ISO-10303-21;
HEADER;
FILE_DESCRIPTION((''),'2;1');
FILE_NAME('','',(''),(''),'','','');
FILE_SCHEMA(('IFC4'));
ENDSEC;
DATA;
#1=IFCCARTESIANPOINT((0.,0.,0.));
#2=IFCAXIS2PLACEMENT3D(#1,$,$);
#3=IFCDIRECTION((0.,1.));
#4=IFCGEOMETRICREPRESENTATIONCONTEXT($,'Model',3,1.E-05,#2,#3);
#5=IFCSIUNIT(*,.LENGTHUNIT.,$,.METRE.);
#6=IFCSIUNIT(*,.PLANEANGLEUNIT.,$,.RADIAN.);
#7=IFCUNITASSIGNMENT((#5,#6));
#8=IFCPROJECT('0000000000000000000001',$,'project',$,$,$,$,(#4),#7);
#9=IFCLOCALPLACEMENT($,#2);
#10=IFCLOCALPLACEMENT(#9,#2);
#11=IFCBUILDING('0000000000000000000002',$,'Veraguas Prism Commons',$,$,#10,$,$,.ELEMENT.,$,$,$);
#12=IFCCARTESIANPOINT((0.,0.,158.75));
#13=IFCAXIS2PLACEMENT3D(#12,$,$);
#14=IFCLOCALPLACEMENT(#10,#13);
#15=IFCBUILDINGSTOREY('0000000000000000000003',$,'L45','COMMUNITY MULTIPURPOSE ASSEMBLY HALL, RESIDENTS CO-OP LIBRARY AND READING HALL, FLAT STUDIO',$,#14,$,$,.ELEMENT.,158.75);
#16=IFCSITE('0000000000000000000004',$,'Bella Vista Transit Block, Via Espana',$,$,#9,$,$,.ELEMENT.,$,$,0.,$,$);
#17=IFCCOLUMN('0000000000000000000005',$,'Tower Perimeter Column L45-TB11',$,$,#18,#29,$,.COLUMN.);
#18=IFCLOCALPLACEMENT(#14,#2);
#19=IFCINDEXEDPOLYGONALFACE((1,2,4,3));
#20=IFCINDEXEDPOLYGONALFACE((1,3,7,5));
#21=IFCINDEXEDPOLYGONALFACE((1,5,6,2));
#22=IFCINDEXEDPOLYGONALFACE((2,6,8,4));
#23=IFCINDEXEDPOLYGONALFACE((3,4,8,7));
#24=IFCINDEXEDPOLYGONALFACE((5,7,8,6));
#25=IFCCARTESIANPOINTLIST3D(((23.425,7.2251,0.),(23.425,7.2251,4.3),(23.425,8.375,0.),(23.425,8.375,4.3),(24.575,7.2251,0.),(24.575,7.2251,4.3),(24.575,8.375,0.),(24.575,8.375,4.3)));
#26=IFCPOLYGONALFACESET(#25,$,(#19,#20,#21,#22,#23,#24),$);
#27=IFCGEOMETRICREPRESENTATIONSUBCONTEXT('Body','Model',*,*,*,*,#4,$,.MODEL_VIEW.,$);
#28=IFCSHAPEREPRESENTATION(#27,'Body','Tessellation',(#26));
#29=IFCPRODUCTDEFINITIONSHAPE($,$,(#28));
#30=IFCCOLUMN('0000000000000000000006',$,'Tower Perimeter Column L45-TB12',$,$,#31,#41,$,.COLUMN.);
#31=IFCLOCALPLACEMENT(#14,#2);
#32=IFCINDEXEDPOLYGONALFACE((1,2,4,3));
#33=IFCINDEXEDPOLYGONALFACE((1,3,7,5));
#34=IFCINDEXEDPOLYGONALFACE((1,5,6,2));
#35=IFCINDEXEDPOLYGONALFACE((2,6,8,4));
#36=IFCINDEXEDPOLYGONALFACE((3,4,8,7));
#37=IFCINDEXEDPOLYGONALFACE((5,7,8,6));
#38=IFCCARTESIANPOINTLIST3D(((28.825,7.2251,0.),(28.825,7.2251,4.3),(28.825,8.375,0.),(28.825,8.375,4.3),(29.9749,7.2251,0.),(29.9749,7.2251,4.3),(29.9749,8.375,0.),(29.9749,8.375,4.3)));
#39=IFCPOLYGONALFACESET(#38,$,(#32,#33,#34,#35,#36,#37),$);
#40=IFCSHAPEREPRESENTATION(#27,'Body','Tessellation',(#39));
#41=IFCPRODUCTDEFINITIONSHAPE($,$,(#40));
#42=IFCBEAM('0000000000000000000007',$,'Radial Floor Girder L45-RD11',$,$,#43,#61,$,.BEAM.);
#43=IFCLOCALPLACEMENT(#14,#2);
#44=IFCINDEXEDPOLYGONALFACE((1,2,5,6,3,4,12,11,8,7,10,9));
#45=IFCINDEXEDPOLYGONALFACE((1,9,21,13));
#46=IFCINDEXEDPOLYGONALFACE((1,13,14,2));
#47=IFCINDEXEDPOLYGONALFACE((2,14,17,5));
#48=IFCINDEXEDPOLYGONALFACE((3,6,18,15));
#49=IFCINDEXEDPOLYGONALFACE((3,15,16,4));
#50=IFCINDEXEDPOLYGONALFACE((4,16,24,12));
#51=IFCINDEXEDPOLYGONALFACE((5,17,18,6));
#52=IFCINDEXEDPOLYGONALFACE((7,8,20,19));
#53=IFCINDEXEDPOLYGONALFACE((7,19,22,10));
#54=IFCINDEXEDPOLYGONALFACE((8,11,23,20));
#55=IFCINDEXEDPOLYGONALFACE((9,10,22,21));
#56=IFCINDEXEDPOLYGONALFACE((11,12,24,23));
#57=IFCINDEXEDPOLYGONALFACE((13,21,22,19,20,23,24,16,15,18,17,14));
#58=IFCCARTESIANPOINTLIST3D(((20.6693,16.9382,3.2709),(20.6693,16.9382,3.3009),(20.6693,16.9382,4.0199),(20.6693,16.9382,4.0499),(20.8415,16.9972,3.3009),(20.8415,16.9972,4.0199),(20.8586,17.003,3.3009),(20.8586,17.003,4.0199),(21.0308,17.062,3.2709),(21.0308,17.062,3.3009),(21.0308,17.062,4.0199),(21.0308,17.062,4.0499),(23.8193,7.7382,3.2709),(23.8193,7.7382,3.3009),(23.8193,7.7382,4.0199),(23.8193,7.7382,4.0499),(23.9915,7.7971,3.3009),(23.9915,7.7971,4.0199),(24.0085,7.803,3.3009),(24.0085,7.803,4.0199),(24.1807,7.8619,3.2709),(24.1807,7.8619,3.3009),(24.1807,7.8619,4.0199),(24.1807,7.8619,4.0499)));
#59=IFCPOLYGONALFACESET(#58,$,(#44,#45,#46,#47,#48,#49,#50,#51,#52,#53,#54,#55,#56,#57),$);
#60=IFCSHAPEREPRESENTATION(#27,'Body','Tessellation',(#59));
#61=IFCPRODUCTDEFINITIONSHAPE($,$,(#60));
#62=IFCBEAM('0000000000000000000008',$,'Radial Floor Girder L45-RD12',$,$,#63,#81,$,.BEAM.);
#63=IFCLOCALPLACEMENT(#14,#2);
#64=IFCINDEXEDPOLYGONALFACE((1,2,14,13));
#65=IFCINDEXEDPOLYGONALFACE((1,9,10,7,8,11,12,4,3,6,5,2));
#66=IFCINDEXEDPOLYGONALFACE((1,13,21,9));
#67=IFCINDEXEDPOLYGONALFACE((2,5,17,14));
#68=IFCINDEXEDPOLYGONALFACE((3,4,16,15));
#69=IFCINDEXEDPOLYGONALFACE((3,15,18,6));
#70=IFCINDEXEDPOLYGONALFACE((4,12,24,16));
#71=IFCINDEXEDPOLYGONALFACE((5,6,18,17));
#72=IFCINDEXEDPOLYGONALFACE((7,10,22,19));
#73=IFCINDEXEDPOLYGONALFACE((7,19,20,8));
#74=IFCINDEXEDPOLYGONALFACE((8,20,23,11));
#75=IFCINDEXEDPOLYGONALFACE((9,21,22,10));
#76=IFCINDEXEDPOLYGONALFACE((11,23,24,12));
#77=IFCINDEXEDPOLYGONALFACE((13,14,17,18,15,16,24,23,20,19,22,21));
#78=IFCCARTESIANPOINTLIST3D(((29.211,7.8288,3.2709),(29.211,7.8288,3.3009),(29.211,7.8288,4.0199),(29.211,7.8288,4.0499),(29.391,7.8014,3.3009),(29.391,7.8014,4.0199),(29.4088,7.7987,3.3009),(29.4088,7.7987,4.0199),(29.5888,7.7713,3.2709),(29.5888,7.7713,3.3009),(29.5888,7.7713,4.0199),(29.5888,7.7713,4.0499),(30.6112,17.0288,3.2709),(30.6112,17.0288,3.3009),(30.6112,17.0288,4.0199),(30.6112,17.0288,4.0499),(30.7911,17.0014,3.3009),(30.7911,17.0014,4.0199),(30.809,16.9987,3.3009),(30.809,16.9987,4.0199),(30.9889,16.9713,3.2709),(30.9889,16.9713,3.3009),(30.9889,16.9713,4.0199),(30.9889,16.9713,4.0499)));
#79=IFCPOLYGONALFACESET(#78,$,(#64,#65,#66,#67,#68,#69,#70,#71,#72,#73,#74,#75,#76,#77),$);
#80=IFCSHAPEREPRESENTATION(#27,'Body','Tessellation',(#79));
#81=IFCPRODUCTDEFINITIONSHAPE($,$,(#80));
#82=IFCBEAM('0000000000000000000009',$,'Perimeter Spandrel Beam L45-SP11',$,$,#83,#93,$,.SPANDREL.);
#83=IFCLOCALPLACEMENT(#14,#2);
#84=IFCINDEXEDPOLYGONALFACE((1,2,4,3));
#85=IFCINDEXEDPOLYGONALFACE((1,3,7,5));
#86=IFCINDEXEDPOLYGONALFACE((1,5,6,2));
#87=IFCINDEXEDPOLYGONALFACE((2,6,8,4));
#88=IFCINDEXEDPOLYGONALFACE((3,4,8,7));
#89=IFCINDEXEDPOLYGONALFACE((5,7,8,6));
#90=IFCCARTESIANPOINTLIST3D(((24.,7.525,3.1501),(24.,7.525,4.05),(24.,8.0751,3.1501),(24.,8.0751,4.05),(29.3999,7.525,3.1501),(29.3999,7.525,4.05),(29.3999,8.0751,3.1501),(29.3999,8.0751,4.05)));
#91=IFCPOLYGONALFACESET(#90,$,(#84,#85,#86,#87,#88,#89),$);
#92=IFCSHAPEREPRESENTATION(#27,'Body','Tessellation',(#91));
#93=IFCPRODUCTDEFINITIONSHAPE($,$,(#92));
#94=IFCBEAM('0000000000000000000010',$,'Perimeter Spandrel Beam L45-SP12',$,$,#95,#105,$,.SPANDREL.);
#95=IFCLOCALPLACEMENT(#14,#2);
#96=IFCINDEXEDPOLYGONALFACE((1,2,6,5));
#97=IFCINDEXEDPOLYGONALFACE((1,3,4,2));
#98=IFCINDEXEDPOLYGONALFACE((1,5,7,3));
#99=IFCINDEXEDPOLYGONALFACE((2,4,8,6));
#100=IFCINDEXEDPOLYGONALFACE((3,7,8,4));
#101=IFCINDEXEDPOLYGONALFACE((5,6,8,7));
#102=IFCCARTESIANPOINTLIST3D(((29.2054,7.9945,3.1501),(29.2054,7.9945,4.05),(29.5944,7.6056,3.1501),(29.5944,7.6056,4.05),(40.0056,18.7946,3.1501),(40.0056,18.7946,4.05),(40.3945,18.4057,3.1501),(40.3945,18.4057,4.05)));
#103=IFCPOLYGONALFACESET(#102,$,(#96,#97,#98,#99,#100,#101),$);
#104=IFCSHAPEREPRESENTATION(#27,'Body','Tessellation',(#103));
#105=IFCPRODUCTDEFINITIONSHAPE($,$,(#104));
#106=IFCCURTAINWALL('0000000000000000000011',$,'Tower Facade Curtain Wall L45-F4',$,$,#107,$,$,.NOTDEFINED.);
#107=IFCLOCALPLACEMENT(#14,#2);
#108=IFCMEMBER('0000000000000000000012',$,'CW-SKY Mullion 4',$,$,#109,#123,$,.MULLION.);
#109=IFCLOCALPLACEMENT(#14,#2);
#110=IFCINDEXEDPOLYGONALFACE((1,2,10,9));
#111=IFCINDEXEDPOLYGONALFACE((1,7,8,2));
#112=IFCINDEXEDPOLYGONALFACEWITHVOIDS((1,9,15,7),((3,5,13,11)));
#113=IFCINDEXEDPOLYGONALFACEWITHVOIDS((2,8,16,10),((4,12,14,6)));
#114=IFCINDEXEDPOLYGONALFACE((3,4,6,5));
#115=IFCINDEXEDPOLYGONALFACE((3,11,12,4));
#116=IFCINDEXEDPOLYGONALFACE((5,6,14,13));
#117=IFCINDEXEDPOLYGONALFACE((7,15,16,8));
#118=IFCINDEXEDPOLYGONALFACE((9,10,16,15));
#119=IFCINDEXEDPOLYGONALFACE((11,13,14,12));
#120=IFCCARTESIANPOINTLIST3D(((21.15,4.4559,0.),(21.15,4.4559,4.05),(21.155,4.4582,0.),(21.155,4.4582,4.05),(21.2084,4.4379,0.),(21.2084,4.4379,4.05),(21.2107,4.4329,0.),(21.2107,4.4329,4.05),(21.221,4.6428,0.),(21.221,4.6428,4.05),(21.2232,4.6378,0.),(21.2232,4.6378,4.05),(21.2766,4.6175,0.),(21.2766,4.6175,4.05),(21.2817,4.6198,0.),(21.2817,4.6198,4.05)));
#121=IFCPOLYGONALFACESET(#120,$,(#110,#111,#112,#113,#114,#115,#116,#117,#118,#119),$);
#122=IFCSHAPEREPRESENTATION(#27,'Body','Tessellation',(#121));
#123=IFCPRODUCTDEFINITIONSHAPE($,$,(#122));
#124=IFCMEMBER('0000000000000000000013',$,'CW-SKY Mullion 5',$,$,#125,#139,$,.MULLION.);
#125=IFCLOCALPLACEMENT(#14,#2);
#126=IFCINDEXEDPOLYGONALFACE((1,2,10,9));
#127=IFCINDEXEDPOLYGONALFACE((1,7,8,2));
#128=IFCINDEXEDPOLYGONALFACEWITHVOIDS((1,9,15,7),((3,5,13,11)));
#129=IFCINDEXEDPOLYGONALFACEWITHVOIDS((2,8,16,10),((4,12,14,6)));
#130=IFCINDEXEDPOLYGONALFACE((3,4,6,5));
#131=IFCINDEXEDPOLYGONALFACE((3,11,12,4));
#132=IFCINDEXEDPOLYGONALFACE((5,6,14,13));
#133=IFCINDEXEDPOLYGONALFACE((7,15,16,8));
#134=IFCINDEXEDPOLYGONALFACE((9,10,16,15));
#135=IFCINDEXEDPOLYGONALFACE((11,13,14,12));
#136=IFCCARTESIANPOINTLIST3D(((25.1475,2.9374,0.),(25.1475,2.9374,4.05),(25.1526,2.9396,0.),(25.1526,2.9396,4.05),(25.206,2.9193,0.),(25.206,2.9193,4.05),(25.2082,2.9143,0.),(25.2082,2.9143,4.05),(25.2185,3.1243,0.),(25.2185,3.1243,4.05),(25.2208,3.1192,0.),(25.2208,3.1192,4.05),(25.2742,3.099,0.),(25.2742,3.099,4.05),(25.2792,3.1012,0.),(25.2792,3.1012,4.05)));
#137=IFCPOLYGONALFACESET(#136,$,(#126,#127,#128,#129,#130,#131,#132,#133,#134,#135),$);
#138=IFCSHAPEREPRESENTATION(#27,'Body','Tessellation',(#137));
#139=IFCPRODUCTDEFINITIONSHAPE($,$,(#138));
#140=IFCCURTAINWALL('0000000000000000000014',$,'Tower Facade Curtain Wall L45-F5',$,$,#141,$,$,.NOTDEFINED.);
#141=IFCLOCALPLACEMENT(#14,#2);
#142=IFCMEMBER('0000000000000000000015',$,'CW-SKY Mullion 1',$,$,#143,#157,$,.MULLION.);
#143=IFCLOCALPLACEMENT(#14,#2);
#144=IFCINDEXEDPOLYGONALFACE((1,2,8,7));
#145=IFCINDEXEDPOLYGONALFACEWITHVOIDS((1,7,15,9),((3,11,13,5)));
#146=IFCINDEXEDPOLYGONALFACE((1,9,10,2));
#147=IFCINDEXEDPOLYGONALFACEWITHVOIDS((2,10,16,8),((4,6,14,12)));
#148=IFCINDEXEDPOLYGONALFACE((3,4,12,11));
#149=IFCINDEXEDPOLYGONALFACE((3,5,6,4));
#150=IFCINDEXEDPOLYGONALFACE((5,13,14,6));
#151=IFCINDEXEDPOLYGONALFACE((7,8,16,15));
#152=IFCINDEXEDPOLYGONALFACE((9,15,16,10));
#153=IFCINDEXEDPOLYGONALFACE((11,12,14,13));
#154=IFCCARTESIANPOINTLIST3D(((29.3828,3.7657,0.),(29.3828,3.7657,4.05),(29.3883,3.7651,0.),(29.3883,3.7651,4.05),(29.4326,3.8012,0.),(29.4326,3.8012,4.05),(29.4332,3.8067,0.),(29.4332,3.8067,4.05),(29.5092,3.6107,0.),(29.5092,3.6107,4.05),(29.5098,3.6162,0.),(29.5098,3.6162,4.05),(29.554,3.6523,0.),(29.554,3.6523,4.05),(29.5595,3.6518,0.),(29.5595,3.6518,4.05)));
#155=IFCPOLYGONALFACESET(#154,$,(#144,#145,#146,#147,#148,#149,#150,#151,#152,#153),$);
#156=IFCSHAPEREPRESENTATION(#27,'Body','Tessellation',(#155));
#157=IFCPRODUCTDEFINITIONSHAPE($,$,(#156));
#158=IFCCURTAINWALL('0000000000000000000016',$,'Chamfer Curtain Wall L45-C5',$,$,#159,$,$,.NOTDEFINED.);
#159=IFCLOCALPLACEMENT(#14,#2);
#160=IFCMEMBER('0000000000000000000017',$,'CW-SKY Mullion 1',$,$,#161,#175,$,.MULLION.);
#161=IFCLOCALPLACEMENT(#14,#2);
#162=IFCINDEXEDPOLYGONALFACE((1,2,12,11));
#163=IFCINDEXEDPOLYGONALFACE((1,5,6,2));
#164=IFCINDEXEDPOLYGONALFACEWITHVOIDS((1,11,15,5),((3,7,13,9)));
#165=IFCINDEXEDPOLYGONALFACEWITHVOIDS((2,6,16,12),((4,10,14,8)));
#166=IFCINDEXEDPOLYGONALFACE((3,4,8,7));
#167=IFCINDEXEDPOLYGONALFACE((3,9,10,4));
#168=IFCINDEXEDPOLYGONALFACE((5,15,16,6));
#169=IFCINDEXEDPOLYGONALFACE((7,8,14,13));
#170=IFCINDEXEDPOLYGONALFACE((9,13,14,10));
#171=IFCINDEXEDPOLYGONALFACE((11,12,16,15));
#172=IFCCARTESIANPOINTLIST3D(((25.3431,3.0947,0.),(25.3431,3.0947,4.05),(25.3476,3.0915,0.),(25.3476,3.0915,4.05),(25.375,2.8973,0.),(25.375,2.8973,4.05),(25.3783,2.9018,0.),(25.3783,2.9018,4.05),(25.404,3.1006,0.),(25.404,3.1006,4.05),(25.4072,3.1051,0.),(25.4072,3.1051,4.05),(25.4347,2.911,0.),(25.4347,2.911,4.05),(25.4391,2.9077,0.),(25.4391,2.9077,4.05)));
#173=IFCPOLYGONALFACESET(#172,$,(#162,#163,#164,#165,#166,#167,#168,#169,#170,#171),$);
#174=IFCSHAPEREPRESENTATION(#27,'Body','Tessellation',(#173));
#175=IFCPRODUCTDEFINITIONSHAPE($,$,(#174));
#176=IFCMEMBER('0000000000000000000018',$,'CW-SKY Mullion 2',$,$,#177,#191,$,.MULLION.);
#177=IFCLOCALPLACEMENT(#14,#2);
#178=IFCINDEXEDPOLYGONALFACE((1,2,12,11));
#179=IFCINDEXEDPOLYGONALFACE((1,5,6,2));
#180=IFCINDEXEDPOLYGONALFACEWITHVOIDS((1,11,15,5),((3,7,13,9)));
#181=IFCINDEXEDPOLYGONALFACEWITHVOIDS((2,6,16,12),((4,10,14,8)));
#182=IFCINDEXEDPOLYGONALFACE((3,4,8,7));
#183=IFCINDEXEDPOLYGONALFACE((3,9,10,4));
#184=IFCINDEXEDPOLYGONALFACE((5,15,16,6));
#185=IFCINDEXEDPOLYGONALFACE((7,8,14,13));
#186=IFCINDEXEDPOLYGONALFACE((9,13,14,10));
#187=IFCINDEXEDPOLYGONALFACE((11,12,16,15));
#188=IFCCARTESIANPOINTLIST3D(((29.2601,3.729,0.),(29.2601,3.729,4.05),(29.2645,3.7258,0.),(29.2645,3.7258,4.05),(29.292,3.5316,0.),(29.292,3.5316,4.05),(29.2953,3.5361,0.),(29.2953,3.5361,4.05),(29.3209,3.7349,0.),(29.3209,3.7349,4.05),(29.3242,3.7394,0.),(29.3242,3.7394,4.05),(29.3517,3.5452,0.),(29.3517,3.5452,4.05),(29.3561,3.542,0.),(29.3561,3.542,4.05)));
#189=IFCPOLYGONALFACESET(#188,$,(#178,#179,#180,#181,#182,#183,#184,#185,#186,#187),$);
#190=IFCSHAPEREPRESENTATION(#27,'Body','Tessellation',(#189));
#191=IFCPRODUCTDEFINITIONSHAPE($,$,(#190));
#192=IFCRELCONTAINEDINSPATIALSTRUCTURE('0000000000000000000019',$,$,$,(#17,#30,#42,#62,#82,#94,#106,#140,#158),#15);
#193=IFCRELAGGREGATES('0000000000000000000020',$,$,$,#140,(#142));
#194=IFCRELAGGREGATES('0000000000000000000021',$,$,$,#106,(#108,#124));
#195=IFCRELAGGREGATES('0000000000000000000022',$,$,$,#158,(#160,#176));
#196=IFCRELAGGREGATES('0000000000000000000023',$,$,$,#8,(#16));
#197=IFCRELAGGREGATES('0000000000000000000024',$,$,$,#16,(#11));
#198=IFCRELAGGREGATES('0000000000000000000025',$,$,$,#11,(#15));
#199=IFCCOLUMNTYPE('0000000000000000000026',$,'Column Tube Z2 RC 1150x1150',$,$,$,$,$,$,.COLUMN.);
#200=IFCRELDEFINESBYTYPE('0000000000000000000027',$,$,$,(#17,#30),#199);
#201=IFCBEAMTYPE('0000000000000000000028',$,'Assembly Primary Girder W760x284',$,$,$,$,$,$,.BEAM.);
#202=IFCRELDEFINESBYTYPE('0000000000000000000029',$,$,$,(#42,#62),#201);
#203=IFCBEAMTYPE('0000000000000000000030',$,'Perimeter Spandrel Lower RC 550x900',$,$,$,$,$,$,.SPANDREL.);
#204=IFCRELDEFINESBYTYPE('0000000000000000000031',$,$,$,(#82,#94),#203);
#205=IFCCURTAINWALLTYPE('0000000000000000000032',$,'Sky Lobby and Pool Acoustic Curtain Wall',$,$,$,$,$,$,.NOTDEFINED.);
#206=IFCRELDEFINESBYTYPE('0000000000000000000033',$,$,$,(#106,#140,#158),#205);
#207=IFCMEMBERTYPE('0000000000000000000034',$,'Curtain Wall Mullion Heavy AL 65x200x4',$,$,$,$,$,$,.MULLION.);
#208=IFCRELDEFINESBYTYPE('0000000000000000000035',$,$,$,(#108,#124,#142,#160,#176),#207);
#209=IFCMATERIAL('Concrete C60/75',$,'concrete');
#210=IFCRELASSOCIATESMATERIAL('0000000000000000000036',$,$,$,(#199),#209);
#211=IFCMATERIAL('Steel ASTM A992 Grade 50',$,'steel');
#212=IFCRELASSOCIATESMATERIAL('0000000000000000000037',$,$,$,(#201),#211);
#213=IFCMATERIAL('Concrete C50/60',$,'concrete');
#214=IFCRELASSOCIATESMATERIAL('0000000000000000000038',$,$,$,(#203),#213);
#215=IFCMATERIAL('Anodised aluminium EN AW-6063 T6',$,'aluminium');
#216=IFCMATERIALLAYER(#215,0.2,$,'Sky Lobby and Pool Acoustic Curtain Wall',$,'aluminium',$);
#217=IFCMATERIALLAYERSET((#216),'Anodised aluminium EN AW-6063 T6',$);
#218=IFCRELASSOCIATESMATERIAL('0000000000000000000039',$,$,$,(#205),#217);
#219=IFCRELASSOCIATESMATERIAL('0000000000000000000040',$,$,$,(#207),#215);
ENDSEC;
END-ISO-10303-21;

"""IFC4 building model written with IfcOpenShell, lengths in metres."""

from ifc_helpers import new_model, si_unit, direction, frame, origin, origin_2d, place, context, subcontext, project, spatial, rectangle, hollow_rectangle, i_section, extrude, source, transform, mapped, material, layer, layer_set, material_profile, profile_set, type_object, element, aggregate, save


model = new_model("IFC4")

# Units and contexts
model_context = context("Model", 3, precision=1e-05, world=origin(), true_north=direction((0.0, 1.0)))
body_context = subcontext(model_context, "Body", "Model", "MODEL_VIEW")
ifc_project = project(units=[si_unit("LENGTHUNIT", "METRE"), si_unit("PLANEANGLEUNIT", "RADIAN")], contexts=[model_context])

# Site, building, storey
site_placement = place(None, origin())
site = spatial("IfcSite", under=ifc_project, at=site_placement, Name="Bella Vista Transit Block, Via Espana", CompositionType="ELEMENT", RefElevation=0.0)
building_placement = place(site_placement, origin())
building = spatial("IfcBuilding", under=site, at=building_placement, Name="Veraguas Prism Commons", CompositionType="ELEMENT")
storey_placement = place(building_placement, frame((0.0, 0.0, 158.75)))
storey = spatial("IfcBuildingStorey", under=building, at=storey_placement, Name="L45", Description="COMMUNITY MULTIPURPOSE ASSEMBLY HALL, RESIDENTS CO-OP LIBRARY AND READING HALL, FLAT STUDIO", CompositionType="ELEMENT", Elevation=158.75)

# Columns
ifc_material_1 = material(Name="Concrete C60/75", Category="concrete")
ifc_material_profile_1 = material_profile(ifc_material_1, rectangle(XDim=1.1499, YDim=1.1499, at=origin_2d()), Name="RC1150X1150")
ifc_profile_set_1 = profile_set([ifc_material_profile_1], Name="Concrete C60/75")
column_type = type_object("IfcColumnType", Name="Column Tube Z2 RC 1150x1150", PredefinedType="COLUMN", material=ifc_profile_set_1)
for number, where, z_axis, x_axis, name in (
    (1, (24.0, 7.8, 0.0), (0.0, 0.0, 1.0), (1.0, 0.0, 0.0), "Tower Perimeter Column L45-TB11"),
    (2, (29.3999, 7.8, 0.0), (0.0, 0.0, 1.0), (1.0, 0.0, 0.0), "Tower Perimeter Column L45-TB12"),
):
    element("IfcColumn", number, at=place(storey_placement, frame(where, z_axis=z_axis, x_axis=x_axis)), inside=storey, type_object=column_type, Name=name, PredefinedType="COLUMN", context=body_context, shape_type="SweptSolid", body=[
        extrude(rectangle(XDim=1.1499, YDim=1.1499, at=origin_2d()), origin(), (0.0, 0.0, 1.0), 4.3),
    ])

# Beams
ifc_material_2 = material(Name="Steel ASTM A992 Grade 50", Category="steel")
ifc_material_profile_2 = material_profile(ifc_material_2, i_section(OverallWidth=0.3821, OverallDepth=0.7791, WebThickness=0.0181, FlangeThickness=0.03, at=origin_2d()), Name="W760X284")
ifc_profile_set_2 = profile_set([ifc_material_profile_2], Name="Steel ASTM A992 Grade 50")
beam_type_1 = type_object("IfcBeamType", Name="Assembly Primary Girder W760x284", PredefinedType="BEAM", material=ifc_profile_set_2)
beam_1_placement = place(storey_placement, frame((24.0, 7.8, 3.6604), z_axis=(-0.323922, 0.946084, 0.0), x_axis=(-0.946084, -0.323922, 0.0)))
element("IfcBeam", 3, at=beam_1_placement, inside=storey, type_object=beam_type_1, Name="Radial Floor Girder L45-RD11", PredefinedType="BEAM", context=body_context, shape_type="SweptSolid", body=[
    extrude(i_section(OverallWidth=0.3821, OverallDepth=0.7791, WebThickness=0.0181, FlangeThickness=0.03, at=origin_2d()), origin(), (0.0, 0.0, 1.0), 9.7244),
])
beam_2_placement = place(storey_placement, frame((29.3999, 7.8, 3.6604), z_axis=(0.150458, 0.988616, 0.0), x_axis=(-0.988616, 0.150458, 0.0)))
element("IfcBeam", 4, at=beam_2_placement, inside=storey, type_object=beam_type_1, Name="Radial Floor Girder L45-RD12", PredefinedType="BEAM", context=body_context, shape_type="SweptSolid", body=[
    extrude(i_section(OverallWidth=0.3821, OverallDepth=0.7791, WebThickness=0.0181, FlangeThickness=0.03, at=origin_2d()), origin(), (0.0, 0.0, 1.0), 9.3059),
])
ifc_material_3 = material(Name="Concrete C50/60", Category="concrete")
ifc_material_profile_3 = material_profile(ifc_material_3, rectangle(XDim=0.55, YDim=0.8999, at=origin_2d()), Name="RC550X900")
ifc_profile_set_3 = profile_set([ifc_material_profile_3], Name="Concrete C50/60")
beam_type_2 = type_object("IfcBeamType", Name="Perimeter Spandrel Lower RC 550x900", PredefinedType="SPANDREL", material=ifc_profile_set_3)
beam_3_placement = place(storey_placement, frame((24.0, 7.8, 3.6001), z_axis=(1.0, 0.0, 0.0), x_axis=(0.0, 1.0, 0.0)))
element("IfcBeam", 5, at=beam_3_placement, inside=storey, type_object=beam_type_2, Name="Perimeter Spandrel Beam L45-SP11", PredefinedType="SPANDREL", context=body_context, shape_type="SweptSolid", body=[
    extrude(rectangle(XDim=0.55, YDim=0.8999, at=origin_2d()), origin(), (0.0, 0.0, 1.0), 5.3999),
])
beam_4_placement = place(storey_placement, frame((29.3999, 7.8, 3.6001), z_axis=(0.707107, 0.707107, 0.0), x_axis=(-0.707107, 0.707107, 0.0)))
element("IfcBeam", 6, at=beam_4_placement, inside=storey, type_object=beam_type_2, Name="Perimeter Spandrel Beam L45-SP12", PredefinedType="SPANDREL", context=body_context, shape_type="SweptSolid", body=[
    extrude(rectangle(XDim=0.55, YDim=0.8999, at=origin_2d()), origin(), (0.0, 0.0, 1.0), 15.2737),
])

# Curtain wall, members
ifc_material_4 = material(Name="Anodised aluminium EN AW-6063 T6", Category="aluminium")
ifc_layer_1 = layer(ifc_material_4, 0.2, Name="Sky Lobby and Pool Acoustic Curtain Wall", Category="aluminium")
ifc_layer_set_1 = layer_set([ifc_layer_1], Name="Anodised aluminium EN AW-6063 T6")
curtain_wall_type = type_object("IfcCurtainWallType", Name="Sky Lobby and Pool Acoustic Curtain Wall", PredefinedType="NOTDEFINED", material=ifc_layer_set_1)
curtain_wall_1_placement = place(storey_placement, origin())
curtain_wall_1 = element("IfcCurtainWall", 7, at=curtain_wall_1_placement, inside=storey, type_object=curtain_wall_type, Name="Tower Facade Curtain Wall L45-F4", PredefinedType="NOTDEFINED")
ifc_material_profile_4 = material_profile(ifc_material_4, hollow_rectangle(XDim=0.0649, YDim=0.2, WallThickness=0.0039, at=origin_2d()), Name="AL65X200X4")
ifc_profile_set_4 = profile_set([ifc_material_profile_4], Name="Anodised aluminium EN AW-6063 T6")
member_type_1 = type_object("IfcMemberType", Name="Curtain Wall Mullion Heavy AL 65x200x4", PredefinedType="MULLION", material=ifc_profile_set_4)
shared_shape_1 = source(origin(), body_context, "Body", "SweptSolid", [
    extrude(hollow_rectangle(XDim=0.0649, YDim=0.2, WallThickness=0.0039, at=origin_2d()), origin(), (0.0, 0.0, 1.0), 4.05),
])
member_1_placement = place(storey_placement, frame((21.2158, 4.5378, 0.0), z_axis=(0.0, 0.0, 1.0), x_axis=(0.934824, -0.35511, 0.0)))
member_1 = element("IfcMember", 8, at=member_1_placement, type_object=member_type_1, Name="CW-SKY Mullion 4", PredefinedType="MULLION", context=body_context, shape_type="MappedRepresentation", body=[
    mapped(shared_shape_1, transform((0.0, 0.0, 0.0), scale=1.0)),
])
member_2_placement = place(storey_placement, frame((25.2134, 3.0193, 0.0), z_axis=(0.0, 0.0, 1.0), x_axis=(0.934824, -0.35511, 0.0)))
member_2 = element("IfcMember", 9, at=member_2_placement, type_object=member_type_1, Name="CW-SKY Mullion 5", PredefinedType="MULLION", context=body_context, shape_type="MappedRepresentation", body=[
    mapped(shared_shape_1, transform((0.0, 0.0, 0.0), scale=1.0)),
])

# Curtain wall, member
curtain_wall_2_placement = place(storey_placement, origin())
curtain_wall_2 = element("IfcCurtainWall", 10, at=curtain_wall_2_placement, inside=storey, type_object=curtain_wall_type, Name="Tower Facade Curtain Wall L45-F5", PredefinedType="NOTDEFINED")
member_3_placement = place(storey_placement, frame((29.4712, 3.7087, 0.0), z_axis=(0.0, 0.0, 1.0), x_axis=(0.774943, 0.632031, 0.0)))
member_3 = element("IfcMember", 11, at=member_3_placement, type_object=member_type_1, Name="CW-SKY Mullion 1", PredefinedType="MULLION", context=body_context, shape_type="MappedRepresentation", body=[
    mapped(shared_shape_1, transform((0.0, 0.0, 0.0), scale=1.0)),
])

# Curtain wall, members
curtain_wall_3_placement = place(storey_placement, origin())
curtain_wall_3 = element("IfcCurtainWall", 12, at=curtain_wall_3_placement, inside=storey, type_object=curtain_wall_type, Name="Chamfer Curtain Wall L45-C5", PredefinedType="NOTDEFINED")
member_4_placement = place(storey_placement, frame((25.3911, 3.0012, 0.0), z_axis=(0.0, 0.0, 1.0), x_axis=(0.987137, 0.159874, 0.0)))
member_4 = element("IfcMember", 13, at=member_4_placement, type_object=member_type_1, Name="CW-SKY Mullion 1", PredefinedType="MULLION", context=body_context, shape_type="MappedRepresentation", body=[
    mapped(shared_shape_1, transform((0.0, 0.0, 0.0), scale=1.0)),
])
member_5_placement = place(storey_placement, frame((29.3081, 3.6355, 0.0), z_axis=(0.0, 0.0, 1.0), x_axis=(0.987137, 0.159874, 0.0)))
member_5 = element("IfcMember", 14, at=member_5_placement, type_object=member_type_1, Name="CW-SKY Mullion 2", PredefinedType="MULLION", context=body_context, shape_type="MappedRepresentation", body=[
    mapped(shared_shape_1, transform((0.0, 0.0, 0.0), scale=1.0)),
])

aggregate(curtain_wall_2, [member_3])

aggregate(curtain_wall_1, [member_1, member_2])
aggregate(curtain_wall_3, [member_4, member_5])

save(model, "model.ifc")
